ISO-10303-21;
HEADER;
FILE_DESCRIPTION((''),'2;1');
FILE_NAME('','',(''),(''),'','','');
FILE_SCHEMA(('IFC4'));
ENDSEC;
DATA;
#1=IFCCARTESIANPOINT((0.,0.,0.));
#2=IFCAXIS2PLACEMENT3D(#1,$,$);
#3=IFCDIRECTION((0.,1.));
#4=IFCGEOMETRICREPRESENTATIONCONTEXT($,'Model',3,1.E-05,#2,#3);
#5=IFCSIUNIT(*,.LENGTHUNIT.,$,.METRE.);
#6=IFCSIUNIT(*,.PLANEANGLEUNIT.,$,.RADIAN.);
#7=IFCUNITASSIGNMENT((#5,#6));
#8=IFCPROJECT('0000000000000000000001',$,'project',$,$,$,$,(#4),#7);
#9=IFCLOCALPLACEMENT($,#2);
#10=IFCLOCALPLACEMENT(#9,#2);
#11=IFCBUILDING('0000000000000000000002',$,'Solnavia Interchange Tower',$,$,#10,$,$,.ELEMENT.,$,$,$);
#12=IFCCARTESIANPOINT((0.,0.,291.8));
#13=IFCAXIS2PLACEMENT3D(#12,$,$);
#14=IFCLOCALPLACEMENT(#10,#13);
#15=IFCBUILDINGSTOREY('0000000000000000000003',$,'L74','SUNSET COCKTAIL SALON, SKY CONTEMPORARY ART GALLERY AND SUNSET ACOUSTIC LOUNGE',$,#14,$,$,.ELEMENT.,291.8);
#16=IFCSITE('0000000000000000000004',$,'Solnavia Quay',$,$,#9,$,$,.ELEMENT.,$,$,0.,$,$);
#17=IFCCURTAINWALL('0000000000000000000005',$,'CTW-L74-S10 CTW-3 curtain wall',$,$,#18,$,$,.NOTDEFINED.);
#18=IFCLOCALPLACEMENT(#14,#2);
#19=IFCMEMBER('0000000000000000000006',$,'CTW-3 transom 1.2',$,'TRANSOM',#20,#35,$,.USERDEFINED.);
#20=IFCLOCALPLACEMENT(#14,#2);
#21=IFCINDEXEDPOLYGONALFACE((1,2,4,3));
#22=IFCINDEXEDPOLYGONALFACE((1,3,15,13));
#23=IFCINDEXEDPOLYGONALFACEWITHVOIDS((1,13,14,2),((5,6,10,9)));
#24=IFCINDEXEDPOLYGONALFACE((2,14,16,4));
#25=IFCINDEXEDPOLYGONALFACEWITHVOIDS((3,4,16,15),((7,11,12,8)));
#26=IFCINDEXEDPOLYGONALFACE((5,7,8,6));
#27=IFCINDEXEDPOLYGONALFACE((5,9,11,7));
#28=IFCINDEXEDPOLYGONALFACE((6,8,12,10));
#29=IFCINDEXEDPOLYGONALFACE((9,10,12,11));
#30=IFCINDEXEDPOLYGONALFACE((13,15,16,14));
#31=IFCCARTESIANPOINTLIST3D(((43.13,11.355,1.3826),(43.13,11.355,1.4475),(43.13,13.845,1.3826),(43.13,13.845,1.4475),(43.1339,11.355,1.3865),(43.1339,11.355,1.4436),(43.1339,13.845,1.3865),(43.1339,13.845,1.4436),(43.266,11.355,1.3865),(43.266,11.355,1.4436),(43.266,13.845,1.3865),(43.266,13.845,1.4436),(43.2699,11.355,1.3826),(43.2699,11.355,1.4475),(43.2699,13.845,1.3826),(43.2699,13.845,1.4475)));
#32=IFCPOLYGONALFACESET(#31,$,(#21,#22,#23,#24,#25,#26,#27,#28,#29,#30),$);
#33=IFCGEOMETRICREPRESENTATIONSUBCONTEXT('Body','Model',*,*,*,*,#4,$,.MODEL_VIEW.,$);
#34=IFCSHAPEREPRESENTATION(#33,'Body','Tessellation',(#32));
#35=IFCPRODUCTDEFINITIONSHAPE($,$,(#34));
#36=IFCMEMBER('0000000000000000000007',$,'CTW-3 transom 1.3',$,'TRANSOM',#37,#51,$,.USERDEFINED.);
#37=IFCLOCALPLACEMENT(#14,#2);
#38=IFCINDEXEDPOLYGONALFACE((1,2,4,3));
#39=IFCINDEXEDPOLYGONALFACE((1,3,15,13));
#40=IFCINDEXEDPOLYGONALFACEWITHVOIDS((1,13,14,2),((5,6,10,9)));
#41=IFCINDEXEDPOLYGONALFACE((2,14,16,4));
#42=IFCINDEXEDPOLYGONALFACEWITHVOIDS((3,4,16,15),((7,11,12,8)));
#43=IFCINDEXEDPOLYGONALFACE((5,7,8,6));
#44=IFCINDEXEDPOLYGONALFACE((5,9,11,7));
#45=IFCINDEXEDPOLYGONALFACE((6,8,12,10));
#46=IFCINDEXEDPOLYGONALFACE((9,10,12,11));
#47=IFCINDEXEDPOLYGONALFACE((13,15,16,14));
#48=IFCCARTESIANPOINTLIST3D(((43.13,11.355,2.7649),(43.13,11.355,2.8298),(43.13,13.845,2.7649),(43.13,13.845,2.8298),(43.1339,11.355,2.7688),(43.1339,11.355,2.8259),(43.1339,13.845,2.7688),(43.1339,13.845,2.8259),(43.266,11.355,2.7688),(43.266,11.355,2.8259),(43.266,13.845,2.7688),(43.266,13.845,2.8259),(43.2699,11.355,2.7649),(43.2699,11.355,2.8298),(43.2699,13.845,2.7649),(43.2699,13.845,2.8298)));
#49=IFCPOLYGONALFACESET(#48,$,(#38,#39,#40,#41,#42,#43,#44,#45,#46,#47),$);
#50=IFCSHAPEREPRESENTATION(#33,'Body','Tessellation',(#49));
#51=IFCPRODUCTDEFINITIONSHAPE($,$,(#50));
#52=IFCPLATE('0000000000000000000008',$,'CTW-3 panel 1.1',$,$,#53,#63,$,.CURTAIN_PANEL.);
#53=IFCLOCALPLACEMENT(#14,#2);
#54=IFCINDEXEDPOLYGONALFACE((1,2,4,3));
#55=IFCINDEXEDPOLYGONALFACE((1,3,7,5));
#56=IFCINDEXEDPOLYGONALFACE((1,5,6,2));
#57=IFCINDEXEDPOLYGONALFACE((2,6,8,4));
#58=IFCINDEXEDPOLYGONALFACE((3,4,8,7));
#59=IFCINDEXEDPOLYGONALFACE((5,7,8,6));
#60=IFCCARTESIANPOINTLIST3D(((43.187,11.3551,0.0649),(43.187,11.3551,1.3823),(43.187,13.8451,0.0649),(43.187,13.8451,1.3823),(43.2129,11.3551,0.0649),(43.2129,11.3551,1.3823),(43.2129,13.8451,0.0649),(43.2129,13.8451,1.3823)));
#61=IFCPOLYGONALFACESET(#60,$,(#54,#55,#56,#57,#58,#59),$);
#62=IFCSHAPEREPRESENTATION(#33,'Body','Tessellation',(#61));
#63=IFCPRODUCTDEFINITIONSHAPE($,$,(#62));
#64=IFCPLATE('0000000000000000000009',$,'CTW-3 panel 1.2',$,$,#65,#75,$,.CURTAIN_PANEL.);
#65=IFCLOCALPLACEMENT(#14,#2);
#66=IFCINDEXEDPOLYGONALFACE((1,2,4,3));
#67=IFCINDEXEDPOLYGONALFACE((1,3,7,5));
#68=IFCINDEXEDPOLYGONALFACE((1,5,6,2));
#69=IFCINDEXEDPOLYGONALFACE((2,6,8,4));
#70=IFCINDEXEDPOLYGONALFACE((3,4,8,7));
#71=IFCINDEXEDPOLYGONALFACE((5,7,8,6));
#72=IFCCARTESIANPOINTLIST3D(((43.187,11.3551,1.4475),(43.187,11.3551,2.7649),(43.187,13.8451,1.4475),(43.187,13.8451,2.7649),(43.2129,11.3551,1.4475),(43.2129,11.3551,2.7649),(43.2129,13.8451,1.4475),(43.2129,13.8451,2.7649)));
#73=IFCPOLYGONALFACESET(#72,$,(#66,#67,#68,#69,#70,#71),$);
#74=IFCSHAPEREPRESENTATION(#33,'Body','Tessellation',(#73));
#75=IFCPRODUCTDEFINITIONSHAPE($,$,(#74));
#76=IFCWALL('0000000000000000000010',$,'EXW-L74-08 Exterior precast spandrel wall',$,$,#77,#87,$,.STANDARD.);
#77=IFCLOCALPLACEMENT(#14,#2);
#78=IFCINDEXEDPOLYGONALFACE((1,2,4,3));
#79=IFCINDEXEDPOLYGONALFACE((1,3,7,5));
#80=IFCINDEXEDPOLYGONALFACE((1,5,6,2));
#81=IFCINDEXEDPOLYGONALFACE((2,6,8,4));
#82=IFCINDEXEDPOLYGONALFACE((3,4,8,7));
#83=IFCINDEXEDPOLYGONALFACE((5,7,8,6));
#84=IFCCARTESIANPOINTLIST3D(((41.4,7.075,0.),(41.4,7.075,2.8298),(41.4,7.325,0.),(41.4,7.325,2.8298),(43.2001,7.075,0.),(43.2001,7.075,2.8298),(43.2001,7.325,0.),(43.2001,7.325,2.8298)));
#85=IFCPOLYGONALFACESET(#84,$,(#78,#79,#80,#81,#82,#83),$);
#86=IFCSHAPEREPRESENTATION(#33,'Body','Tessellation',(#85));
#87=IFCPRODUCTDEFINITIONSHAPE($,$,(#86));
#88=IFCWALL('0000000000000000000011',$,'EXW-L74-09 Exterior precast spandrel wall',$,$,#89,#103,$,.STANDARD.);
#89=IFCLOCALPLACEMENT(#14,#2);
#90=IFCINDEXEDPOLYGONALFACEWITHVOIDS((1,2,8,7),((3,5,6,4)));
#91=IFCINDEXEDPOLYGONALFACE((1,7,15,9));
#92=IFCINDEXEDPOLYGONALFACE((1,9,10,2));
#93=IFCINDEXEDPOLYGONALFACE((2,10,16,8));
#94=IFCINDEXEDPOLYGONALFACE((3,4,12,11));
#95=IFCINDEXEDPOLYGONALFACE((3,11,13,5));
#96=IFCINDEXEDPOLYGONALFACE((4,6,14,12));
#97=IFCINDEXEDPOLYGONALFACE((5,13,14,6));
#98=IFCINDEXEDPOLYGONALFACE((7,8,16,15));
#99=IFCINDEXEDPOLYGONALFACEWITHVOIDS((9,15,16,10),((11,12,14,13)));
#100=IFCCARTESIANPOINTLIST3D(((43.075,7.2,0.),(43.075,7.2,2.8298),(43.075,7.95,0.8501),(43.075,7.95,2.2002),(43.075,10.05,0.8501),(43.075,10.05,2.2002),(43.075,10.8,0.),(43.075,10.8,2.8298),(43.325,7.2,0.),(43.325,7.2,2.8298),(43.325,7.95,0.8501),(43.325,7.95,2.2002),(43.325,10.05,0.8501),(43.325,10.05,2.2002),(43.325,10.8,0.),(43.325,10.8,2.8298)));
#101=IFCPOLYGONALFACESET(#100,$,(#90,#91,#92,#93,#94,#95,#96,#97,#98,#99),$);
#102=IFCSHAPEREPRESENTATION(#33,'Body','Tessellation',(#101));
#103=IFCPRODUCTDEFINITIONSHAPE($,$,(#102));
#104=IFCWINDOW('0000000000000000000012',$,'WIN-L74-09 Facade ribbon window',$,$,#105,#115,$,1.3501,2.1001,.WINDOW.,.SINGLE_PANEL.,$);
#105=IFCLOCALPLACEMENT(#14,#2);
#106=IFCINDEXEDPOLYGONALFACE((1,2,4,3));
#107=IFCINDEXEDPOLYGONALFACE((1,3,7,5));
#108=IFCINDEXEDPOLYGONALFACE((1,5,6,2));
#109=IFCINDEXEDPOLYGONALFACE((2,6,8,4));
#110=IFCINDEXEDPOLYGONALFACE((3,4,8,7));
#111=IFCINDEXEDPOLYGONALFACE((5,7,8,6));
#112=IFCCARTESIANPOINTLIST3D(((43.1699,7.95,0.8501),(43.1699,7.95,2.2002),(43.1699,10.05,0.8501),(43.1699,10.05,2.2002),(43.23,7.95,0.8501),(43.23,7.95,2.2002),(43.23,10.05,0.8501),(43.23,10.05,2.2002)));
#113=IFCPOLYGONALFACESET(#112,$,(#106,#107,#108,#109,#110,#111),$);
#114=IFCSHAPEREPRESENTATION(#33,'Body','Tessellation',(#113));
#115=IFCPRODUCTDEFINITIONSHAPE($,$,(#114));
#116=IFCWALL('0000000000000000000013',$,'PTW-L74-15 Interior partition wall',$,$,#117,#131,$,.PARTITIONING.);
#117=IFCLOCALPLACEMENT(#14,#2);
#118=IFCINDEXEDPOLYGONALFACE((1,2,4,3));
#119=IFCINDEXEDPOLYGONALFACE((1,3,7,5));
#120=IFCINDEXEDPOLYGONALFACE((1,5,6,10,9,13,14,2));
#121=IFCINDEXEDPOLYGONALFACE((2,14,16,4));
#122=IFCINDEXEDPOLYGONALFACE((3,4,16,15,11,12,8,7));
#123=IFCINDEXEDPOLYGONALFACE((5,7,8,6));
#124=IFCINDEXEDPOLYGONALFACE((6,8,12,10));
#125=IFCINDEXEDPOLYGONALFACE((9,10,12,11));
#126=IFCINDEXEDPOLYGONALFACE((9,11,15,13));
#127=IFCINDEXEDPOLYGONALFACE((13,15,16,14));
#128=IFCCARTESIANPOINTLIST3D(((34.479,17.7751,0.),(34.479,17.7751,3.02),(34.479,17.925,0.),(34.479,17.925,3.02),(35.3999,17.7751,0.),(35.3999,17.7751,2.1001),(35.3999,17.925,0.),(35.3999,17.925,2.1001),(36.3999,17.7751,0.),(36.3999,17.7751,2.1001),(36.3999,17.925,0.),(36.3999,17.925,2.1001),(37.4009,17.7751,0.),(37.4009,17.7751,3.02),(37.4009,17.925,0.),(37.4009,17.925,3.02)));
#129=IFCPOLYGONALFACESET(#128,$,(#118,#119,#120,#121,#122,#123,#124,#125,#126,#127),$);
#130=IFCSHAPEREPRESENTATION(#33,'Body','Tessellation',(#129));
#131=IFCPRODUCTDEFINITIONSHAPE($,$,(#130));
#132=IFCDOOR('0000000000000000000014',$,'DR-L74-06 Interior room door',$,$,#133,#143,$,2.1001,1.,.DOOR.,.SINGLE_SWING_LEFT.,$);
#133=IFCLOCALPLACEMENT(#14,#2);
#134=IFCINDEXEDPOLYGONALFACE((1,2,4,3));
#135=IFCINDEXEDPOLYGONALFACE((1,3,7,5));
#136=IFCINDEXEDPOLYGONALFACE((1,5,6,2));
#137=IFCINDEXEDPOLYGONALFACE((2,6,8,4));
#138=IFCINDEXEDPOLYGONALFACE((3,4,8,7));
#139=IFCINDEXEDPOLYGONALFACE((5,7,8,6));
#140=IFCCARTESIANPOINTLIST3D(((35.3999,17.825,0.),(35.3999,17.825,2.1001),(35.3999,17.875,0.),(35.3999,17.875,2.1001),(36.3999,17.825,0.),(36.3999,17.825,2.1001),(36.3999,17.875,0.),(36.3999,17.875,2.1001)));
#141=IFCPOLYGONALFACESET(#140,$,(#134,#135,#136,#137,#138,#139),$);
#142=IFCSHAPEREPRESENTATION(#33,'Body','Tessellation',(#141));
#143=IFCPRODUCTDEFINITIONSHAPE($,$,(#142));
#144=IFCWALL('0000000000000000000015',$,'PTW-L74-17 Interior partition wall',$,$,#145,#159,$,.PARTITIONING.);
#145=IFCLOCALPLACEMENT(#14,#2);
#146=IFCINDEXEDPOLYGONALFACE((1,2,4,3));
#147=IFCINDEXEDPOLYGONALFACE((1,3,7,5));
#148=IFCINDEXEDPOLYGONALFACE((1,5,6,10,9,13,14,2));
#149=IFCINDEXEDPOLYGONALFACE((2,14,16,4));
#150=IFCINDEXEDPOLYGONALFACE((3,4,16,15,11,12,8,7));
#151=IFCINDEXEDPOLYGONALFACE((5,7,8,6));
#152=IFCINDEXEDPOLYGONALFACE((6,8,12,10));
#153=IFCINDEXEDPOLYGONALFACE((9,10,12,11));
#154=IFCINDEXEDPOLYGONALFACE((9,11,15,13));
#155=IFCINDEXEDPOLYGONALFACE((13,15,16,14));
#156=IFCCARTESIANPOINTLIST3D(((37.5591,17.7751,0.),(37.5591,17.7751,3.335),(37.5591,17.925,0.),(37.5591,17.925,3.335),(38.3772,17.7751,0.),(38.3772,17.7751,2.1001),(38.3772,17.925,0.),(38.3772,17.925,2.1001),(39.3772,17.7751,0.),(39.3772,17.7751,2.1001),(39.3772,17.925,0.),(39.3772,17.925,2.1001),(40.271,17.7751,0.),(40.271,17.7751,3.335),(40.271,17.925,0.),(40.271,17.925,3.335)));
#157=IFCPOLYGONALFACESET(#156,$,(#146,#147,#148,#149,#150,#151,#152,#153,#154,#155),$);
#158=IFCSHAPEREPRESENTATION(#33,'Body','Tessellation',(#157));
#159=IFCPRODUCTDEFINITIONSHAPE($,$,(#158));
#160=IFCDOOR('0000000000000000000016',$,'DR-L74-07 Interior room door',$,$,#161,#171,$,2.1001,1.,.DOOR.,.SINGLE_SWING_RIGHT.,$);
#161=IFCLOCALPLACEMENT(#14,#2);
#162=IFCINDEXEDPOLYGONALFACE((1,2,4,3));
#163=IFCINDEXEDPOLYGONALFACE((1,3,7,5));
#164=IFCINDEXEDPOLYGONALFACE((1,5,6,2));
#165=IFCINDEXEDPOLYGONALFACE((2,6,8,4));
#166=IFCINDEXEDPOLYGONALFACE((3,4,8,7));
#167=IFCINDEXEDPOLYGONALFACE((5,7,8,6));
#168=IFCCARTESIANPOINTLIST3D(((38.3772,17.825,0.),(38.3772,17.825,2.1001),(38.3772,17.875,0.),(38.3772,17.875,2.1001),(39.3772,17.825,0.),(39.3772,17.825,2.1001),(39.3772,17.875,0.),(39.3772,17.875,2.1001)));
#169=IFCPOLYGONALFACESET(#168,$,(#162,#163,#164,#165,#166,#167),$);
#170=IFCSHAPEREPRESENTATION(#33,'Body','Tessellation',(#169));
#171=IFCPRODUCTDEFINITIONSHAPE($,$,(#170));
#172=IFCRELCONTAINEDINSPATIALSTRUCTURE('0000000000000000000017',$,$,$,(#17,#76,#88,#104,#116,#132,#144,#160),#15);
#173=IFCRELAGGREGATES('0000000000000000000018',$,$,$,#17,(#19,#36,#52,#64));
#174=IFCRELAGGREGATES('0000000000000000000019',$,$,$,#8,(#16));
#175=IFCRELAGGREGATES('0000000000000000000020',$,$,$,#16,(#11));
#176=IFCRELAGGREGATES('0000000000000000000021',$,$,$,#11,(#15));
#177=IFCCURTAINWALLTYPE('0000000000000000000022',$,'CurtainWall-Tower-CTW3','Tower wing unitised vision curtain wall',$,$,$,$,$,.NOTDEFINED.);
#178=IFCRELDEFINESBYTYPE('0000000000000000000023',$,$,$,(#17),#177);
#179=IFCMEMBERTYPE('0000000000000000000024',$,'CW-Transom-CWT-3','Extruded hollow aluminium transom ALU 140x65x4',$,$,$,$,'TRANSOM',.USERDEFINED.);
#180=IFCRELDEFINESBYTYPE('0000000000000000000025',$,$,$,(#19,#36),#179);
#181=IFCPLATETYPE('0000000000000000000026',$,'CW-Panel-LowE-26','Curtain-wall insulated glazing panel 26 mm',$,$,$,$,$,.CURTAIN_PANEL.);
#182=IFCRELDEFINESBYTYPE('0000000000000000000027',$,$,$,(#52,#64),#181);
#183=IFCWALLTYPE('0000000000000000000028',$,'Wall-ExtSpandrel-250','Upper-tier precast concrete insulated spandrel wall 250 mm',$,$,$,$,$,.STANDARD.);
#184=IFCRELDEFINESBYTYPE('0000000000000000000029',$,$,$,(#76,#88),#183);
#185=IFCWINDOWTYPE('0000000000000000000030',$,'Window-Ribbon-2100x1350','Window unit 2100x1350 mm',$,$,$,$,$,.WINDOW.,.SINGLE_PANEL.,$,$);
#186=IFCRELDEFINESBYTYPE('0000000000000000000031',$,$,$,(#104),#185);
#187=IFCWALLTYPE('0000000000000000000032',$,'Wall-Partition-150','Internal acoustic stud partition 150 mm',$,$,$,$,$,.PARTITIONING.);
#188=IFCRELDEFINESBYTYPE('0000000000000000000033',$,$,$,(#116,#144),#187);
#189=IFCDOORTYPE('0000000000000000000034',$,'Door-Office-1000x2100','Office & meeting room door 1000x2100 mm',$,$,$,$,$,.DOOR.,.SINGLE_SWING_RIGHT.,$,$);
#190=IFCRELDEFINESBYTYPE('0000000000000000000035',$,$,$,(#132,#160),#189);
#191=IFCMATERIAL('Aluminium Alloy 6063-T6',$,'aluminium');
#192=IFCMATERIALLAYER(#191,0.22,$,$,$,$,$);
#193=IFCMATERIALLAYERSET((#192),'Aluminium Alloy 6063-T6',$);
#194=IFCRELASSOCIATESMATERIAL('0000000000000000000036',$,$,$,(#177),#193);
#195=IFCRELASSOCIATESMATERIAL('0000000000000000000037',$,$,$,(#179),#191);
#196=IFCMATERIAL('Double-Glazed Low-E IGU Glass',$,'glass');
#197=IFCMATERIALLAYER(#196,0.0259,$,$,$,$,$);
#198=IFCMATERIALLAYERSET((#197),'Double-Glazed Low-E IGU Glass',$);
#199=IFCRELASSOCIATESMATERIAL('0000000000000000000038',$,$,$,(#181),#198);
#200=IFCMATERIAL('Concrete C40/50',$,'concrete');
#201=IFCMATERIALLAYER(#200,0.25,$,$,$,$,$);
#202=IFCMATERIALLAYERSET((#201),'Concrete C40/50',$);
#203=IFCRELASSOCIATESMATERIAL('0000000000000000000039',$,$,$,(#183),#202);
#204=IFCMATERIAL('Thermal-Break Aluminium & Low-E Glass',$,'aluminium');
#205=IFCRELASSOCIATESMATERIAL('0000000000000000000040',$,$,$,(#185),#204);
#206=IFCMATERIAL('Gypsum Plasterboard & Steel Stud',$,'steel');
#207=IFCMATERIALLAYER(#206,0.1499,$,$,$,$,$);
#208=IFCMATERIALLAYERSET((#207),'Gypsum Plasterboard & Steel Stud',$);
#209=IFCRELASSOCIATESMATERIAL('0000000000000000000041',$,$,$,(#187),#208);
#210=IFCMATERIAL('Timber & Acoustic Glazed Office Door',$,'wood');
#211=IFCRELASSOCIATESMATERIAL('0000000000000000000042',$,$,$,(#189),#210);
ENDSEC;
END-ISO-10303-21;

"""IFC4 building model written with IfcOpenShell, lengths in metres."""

from ifc_helpers import new_model, si_unit, direction, frame, frame_2d, origin, origin_2d, place, context, subcontext, project, spatial, rectangle, hollow_rectangle, extrude, material, layer, layer_set, material_profile, profile_set, type_object, element, fill, aggregate, save


model = new_model("IFC4")

# Units and contexts
model_context = context("Model", 3, precision=1e-05, world=origin(), true_north=direction((0.0, 1.0)))
body_context = subcontext(model_context, "Body", "Model", "MODEL_VIEW")
ifc_project = project(units=[si_unit("LENGTHUNIT", "METRE"), si_unit("PLANEANGLEUNIT", "RADIAN")], contexts=[model_context])

# Site, building, storey
site_placement = place(None, origin())
site = spatial("IfcSite", under=ifc_project, at=site_placement, Name="Solnavia Quay", CompositionType="ELEMENT", RefElevation=0.0)
building_placement = place(site_placement, origin())
building = spatial("IfcBuilding", under=site, at=building_placement, Name="Solnavia Interchange Tower", CompositionType="ELEMENT")
storey_placement = place(building_placement, frame((0.0, 0.0, 291.8)))
storey = spatial("IfcBuildingStorey", under=building, at=storey_placement, Name="L74", Description="SUNSET COCKTAIL SALON, SKY CONTEMPORARY ART GALLERY AND SUNSET ACOUSTIC LOUNGE", CompositionType="ELEMENT", Elevation=291.8)

# Curtain wall, members, plates
ifc_material_1 = material(Name="Aluminium Alloy 6063-T6", Category="aluminium")
ifc_layer_1 = layer(ifc_material_1, 0.22)
ifc_layer_set_1 = layer_set([ifc_layer_1], Name="Aluminium Alloy 6063-T6")
curtain_wall_type = type_object("IfcCurtainWallType", Name="CurtainWall-Tower-CTW3", Description="Tower wing unitised vision curtain wall", PredefinedType="NOTDEFINED", material=ifc_layer_set_1)
curtain_wall_placement = place(storey_placement, origin())
curtain_wall = element("IfcCurtainWall", 1, at=curtain_wall_placement, inside=storey, type_object=curtain_wall_type, Name="CTW-L74-S10 CTW-3 curtain wall", PredefinedType="NOTDEFINED")
ifc_material_profile_1 = material_profile(ifc_material_1, hollow_rectangle(XDim=0.0649, YDim=0.1399, WallThickness=0.0039, at=origin_2d()), Name="ALU 140x65x4")
ifc_profile_set_1 = profile_set([ifc_material_profile_1], Name="Aluminium Alloy 6063-T6")
member_type_1 = type_object("IfcMemberType", Name="CW-Transom-CWT-3", Description="Extruded hollow aluminium transom ALU 140x65x4", ElementType="TRANSOM", PredefinedType="USERDEFINED", material=ifc_profile_set_1)
member_1_placement = place(storey_placement, frame((43.2, 11.355, 1.415), z_axis=(0.0, 1.0, 0.0), x_axis=(0.0, 0.0, 1.0)))
member_1 = element("IfcMember", 2, at=member_1_placement, type_object=member_type_1, Name="CTW-3 transom 1.2", ObjectType="TRANSOM", PredefinedType="USERDEFINED", context=body_context, shape_type="SweptSolid", body=[
    extrude(hollow_rectangle(XDim=0.0649, YDim=0.1399, WallThickness=0.0039, at=origin_2d()), origin(), (0.0, 0.0, 1.0), 2.49),
])
member_2_placement = place(storey_placement, frame((43.2, 11.355, 2.7974), z_axis=(0.0, 1.0, 0.0), x_axis=(0.0, 0.0, 1.0)))
member_2 = element("IfcMember", 3, at=member_2_placement, type_object=member_type_1, Name="CTW-3 transom 1.3", ObjectType="TRANSOM", PredefinedType="USERDEFINED", context=body_context, shape_type="SweptSolid", body=[
    extrude(hollow_rectangle(XDim=0.0649, YDim=0.1399, WallThickness=0.0039, at=origin_2d()), origin(), (0.0, 0.0, 1.0), 2.49),
])
ifc_material_2 = material(Name="Double-Glazed Low-E IGU Glass", Category="glass")
ifc_layer_2 = layer(ifc_material_2, 0.0259)
ifc_layer_set_2 = layer_set([ifc_layer_2], Name="Double-Glazed Low-E IGU Glass")
plate_type = type_object("IfcPlateType", Name="CW-Panel-LowE-26", Description="Curtain-wall insulated glazing panel 26 mm", PredefinedType="CURTAIN_PANEL", material=ifc_layer_set_2)
plate_1_placement = place(storey_placement, frame((43.2, 12.6001, 0.0649), z_axis=(0.0, 0.0, 1.0), x_axis=(0.0, 1.0, 0.0)))
plate_1 = element("IfcPlate", 4, at=plate_1_placement, type_object=plate_type, Name="CTW-3 panel 1.1", PredefinedType="CURTAIN_PANEL", context=body_context, shape_type="SweptSolid", body=[
    extrude(rectangle(XDim=2.49, YDim=0.0259, at=origin_2d()), origin(), (0.0, 0.0, 1.0), 1.3174),
])
plate_2_placement = place(storey_placement, frame((43.2, 12.6001, 1.4475), z_axis=(0.0, 0.0, 1.0), x_axis=(0.0, 1.0, 0.0)))
plate_2 = element("IfcPlate", 5, at=plate_2_placement, type_object=plate_type, Name="CTW-3 panel 1.2", PredefinedType="CURTAIN_PANEL", context=body_context, shape_type="SweptSolid", body=[
    extrude(rectangle(XDim=2.49, YDim=0.0259, at=origin_2d()), origin(), (0.0, 0.0, 1.0), 1.3174),
])
aggregate(curtain_wall, [member_1, member_2, plate_1, plate_2])

# Wall
ifc_material_3 = material(Name="Concrete C40/50", Category="concrete")
ifc_layer_3 = layer(ifc_material_3, 0.25)
ifc_layer_set_3 = layer_set([ifc_layer_3], Name="Concrete C40/50")
wall_type_1 = type_object("IfcWallType", Name="Wall-ExtSpandrel-250", Description="Upper-tier precast concrete insulated spandrel wall 250 mm", PredefinedType="STANDARD", material=ifc_layer_set_3)
wall_1_placement = place(storey_placement, frame((43.2, 7.2, 0.0), z_axis=(0.0, 0.0, 1.0), x_axis=(-1.0, 0.0, 0.0)))
element("IfcWall", 6, at=wall_1_placement, inside=storey, type_object=wall_type_1, Name="EXW-L74-08 Exterior precast spandrel wall", PredefinedType="STANDARD", context=body_context, shape_type="SweptSolid", body=[
    extrude(rectangle(XDim=1.8, YDim=0.25, at=frame_2d((0.8999, 0.0))), origin(), (0.0, 0.0, 1.0), 2.8298),
])

# Wall, opening, window
wall_2_placement = place(storey_placement, frame((43.2, 10.8, 0.0), z_axis=(0.0, 0.0, 1.0), x_axis=(0.0, -1.0, 0.0)))
wall_2 = element("IfcWall", 7, at=wall_2_placement, inside=storey, type_object=wall_type_1, Name="EXW-L74-09 Exterior precast spandrel wall", PredefinedType="STANDARD", context=body_context, shape_type="SweptSolid", body=[
    extrude(rectangle(XDim=3.6001, YDim=0.25, at=frame_2d((1.8, 0.0))), origin(), (0.0, 0.0, 1.0), 2.8298),
])
opening_1_placement = place(wall_2_placement, frame((0.75, 0.0, 0.8501)))
opening_1 = element("IfcOpeningElement", 8, at=opening_1_placement, cuts=wall_2, PredefinedType="OPENING", context=body_context, shape_type="SweptSolid", body=[
    extrude(rectangle(XDim=2.1001, YDim=1.3501, at=frame_2d((1.05, 0.675))), frame((0.0, 0.135, 0.0), z_axis=(0.0, -1.0, 0.0), x_axis=(1.0, 0.0, 0.0)), (0.0, 0.0, 1.0), 0.27),
])
ifc_material_4 = material(Name="Thermal-Break Aluminium & Low-E Glass", Category="aluminium")
window_type = type_object("IfcWindowType", Name="Window-Ribbon-2100x1350", Description="Window unit 2100x1350 mm", PartitioningType="SINGLE_PANEL", PredefinedType="WINDOW", material=ifc_material_4)
window_placement = place(opening_1_placement, origin())
window = element("IfcWindow", 9, at=window_placement, inside=storey, type_object=window_type, Name="WIN-L74-09 Facade ribbon window", OverallHeight=1.3501, OverallWidth=2.1001, PartitioningType="SINGLE_PANEL", PredefinedType="WINDOW", context=body_context, shape_type="SweptSolid", body=[
    extrude(rectangle(XDim=2.1001, YDim=1.3501, at=frame_2d((1.05, 0.675))), frame((0.0, 0.03, 0.0), z_axis=(0.0, -1.0, 0.0), x_axis=(1.0, 0.0, 0.0)), (0.0, 0.0, 1.0), 0.0601),
])
fill(opening_1, window)

# Walls, openings, doors
ifc_material_5 = material(Name="Gypsum Plasterboard & Steel Stud", Category="steel")
ifc_layer_4 = layer(ifc_material_5, 0.1499)
ifc_layer_set_4 = layer_set([ifc_layer_4], Name="Gypsum Plasterboard & Steel Stud")
wall_type_2 = type_object("IfcWallType", Name="Wall-Partition-150", Description="Internal acoustic stud partition 150 mm", PredefinedType="PARTITIONING", material=ifc_layer_set_4)
wall_3_placement = place(storey_placement, frame((34.479, 17.8501, 0.0), z_axis=(0.0, 0.0, 1.0), x_axis=(1.0, 0.0, 0.0)))
wall_3 = element("IfcWall", 10, at=wall_3_placement, inside=storey, type_object=wall_type_2, Name="PTW-L74-15 Interior partition wall", PredefinedType="PARTITIONING", context=body_context, shape_type="SweptSolid", body=[
    extrude(rectangle(XDim=2.9219, YDim=0.1499, at=frame_2d((1.4609, 0.0))), origin(), (0.0, 0.0, 1.0), 3.02),
])
opening_2_placement = place(wall_3_placement, frame((0.9209, 0.0, 0.0)))
opening_2 = element("IfcOpeningElement", 11, at=opening_2_placement, cuts=wall_3, PredefinedType="OPENING", context=body_context, shape_type="SweptSolid", body=[
    extrude(rectangle(XDim=1.0, YDim=2.1001, at=frame_2d((0.5, 1.05))), frame((0.0, 0.085, 0.0), z_axis=(0.0, -1.0, 0.0), x_axis=(1.0, 0.0, 0.0)), (0.0, 0.0, 1.0), 0.1699),
])
ifc_material_6 = material(Name="Timber & Acoustic Glazed Office Door", Category="wood")
door_type = type_object("IfcDoorType", Name="Door-Office-1000x2100", Description="Office & meeting room door 1000x2100 mm", OperationType="SINGLE_SWING_RIGHT", PredefinedType="DOOR", material=ifc_material_6)
door_1_placement = place(opening_2_placement, origin())
door_1 = element("IfcDoor", 12, at=door_1_placement, inside=storey, type_object=door_type, Name="DR-L74-06 Interior room door", OperationType="SINGLE_SWING_LEFT", OverallHeight=2.1001, OverallWidth=1.0, PredefinedType="DOOR", context=body_context, shape_type="SweptSolid", body=[
    extrude(rectangle(XDim=1.0, YDim=2.1001, at=frame_2d((0.5, 1.05))), frame((0.0, 0.0249, 0.0), z_axis=(0.0, -1.0, 0.0), x_axis=(1.0, 0.0, 0.0)), (0.0, 0.0, 1.0), 0.05),
])
fill(opening_2, door_1)
wall_4_placement = place(storey_placement, frame((37.5591, 17.8501, 0.0), z_axis=(0.0, 0.0, 1.0), x_axis=(1.0, 0.0, 0.0)))
wall_4 = element("IfcWall", 13, at=wall_4_placement, inside=storey, type_object=wall_type_2, Name="PTW-L74-17 Interior partition wall", PredefinedType="PARTITIONING", context=body_context, shape_type="SweptSolid", body=[
    extrude(rectangle(XDim=2.7119, YDim=0.1499, at=frame_2d((1.356, 0.0))), origin(), (0.0, 0.0, 1.0), 3.335),
])
opening_3_placement = place(wall_4_placement, frame((0.8181, 0.0, 0.0)))
opening_3 = element("IfcOpeningElement", 14, at=opening_3_placement, cuts=wall_4, PredefinedType="OPENING", context=body_context, shape_type="SweptSolid", body=[
    extrude(rectangle(XDim=1.0, YDim=2.1001, at=frame_2d((0.5, 1.05))), frame((0.0, 0.085, 0.0), z_axis=(0.0, -1.0, 0.0), x_axis=(1.0, 0.0, 0.0)), (0.0, 0.0, 1.0), 0.1699),
])
door_2_placement = place(opening_3_placement, origin())
door_2 = element("IfcDoor", 15, at=door_2_placement, inside=storey, type_object=door_type, Name="DR-L74-07 Interior room door", OperationType="SINGLE_SWING_RIGHT", OverallHeight=2.1001, OverallWidth=1.0, PredefinedType="DOOR", context=body_context, shape_type="SweptSolid", body=[
    extrude(rectangle(XDim=1.0, YDim=2.1001, at=frame_2d((0.5, 1.05))), frame((0.0, 0.0249, 0.0), z_axis=(0.0, -1.0, 0.0), x_axis=(1.0, 0.0, 0.0)), (0.0, 0.0, 1.0), 0.05),
])
fill(opening_3, door_2)

save(model, "model.ifc")
